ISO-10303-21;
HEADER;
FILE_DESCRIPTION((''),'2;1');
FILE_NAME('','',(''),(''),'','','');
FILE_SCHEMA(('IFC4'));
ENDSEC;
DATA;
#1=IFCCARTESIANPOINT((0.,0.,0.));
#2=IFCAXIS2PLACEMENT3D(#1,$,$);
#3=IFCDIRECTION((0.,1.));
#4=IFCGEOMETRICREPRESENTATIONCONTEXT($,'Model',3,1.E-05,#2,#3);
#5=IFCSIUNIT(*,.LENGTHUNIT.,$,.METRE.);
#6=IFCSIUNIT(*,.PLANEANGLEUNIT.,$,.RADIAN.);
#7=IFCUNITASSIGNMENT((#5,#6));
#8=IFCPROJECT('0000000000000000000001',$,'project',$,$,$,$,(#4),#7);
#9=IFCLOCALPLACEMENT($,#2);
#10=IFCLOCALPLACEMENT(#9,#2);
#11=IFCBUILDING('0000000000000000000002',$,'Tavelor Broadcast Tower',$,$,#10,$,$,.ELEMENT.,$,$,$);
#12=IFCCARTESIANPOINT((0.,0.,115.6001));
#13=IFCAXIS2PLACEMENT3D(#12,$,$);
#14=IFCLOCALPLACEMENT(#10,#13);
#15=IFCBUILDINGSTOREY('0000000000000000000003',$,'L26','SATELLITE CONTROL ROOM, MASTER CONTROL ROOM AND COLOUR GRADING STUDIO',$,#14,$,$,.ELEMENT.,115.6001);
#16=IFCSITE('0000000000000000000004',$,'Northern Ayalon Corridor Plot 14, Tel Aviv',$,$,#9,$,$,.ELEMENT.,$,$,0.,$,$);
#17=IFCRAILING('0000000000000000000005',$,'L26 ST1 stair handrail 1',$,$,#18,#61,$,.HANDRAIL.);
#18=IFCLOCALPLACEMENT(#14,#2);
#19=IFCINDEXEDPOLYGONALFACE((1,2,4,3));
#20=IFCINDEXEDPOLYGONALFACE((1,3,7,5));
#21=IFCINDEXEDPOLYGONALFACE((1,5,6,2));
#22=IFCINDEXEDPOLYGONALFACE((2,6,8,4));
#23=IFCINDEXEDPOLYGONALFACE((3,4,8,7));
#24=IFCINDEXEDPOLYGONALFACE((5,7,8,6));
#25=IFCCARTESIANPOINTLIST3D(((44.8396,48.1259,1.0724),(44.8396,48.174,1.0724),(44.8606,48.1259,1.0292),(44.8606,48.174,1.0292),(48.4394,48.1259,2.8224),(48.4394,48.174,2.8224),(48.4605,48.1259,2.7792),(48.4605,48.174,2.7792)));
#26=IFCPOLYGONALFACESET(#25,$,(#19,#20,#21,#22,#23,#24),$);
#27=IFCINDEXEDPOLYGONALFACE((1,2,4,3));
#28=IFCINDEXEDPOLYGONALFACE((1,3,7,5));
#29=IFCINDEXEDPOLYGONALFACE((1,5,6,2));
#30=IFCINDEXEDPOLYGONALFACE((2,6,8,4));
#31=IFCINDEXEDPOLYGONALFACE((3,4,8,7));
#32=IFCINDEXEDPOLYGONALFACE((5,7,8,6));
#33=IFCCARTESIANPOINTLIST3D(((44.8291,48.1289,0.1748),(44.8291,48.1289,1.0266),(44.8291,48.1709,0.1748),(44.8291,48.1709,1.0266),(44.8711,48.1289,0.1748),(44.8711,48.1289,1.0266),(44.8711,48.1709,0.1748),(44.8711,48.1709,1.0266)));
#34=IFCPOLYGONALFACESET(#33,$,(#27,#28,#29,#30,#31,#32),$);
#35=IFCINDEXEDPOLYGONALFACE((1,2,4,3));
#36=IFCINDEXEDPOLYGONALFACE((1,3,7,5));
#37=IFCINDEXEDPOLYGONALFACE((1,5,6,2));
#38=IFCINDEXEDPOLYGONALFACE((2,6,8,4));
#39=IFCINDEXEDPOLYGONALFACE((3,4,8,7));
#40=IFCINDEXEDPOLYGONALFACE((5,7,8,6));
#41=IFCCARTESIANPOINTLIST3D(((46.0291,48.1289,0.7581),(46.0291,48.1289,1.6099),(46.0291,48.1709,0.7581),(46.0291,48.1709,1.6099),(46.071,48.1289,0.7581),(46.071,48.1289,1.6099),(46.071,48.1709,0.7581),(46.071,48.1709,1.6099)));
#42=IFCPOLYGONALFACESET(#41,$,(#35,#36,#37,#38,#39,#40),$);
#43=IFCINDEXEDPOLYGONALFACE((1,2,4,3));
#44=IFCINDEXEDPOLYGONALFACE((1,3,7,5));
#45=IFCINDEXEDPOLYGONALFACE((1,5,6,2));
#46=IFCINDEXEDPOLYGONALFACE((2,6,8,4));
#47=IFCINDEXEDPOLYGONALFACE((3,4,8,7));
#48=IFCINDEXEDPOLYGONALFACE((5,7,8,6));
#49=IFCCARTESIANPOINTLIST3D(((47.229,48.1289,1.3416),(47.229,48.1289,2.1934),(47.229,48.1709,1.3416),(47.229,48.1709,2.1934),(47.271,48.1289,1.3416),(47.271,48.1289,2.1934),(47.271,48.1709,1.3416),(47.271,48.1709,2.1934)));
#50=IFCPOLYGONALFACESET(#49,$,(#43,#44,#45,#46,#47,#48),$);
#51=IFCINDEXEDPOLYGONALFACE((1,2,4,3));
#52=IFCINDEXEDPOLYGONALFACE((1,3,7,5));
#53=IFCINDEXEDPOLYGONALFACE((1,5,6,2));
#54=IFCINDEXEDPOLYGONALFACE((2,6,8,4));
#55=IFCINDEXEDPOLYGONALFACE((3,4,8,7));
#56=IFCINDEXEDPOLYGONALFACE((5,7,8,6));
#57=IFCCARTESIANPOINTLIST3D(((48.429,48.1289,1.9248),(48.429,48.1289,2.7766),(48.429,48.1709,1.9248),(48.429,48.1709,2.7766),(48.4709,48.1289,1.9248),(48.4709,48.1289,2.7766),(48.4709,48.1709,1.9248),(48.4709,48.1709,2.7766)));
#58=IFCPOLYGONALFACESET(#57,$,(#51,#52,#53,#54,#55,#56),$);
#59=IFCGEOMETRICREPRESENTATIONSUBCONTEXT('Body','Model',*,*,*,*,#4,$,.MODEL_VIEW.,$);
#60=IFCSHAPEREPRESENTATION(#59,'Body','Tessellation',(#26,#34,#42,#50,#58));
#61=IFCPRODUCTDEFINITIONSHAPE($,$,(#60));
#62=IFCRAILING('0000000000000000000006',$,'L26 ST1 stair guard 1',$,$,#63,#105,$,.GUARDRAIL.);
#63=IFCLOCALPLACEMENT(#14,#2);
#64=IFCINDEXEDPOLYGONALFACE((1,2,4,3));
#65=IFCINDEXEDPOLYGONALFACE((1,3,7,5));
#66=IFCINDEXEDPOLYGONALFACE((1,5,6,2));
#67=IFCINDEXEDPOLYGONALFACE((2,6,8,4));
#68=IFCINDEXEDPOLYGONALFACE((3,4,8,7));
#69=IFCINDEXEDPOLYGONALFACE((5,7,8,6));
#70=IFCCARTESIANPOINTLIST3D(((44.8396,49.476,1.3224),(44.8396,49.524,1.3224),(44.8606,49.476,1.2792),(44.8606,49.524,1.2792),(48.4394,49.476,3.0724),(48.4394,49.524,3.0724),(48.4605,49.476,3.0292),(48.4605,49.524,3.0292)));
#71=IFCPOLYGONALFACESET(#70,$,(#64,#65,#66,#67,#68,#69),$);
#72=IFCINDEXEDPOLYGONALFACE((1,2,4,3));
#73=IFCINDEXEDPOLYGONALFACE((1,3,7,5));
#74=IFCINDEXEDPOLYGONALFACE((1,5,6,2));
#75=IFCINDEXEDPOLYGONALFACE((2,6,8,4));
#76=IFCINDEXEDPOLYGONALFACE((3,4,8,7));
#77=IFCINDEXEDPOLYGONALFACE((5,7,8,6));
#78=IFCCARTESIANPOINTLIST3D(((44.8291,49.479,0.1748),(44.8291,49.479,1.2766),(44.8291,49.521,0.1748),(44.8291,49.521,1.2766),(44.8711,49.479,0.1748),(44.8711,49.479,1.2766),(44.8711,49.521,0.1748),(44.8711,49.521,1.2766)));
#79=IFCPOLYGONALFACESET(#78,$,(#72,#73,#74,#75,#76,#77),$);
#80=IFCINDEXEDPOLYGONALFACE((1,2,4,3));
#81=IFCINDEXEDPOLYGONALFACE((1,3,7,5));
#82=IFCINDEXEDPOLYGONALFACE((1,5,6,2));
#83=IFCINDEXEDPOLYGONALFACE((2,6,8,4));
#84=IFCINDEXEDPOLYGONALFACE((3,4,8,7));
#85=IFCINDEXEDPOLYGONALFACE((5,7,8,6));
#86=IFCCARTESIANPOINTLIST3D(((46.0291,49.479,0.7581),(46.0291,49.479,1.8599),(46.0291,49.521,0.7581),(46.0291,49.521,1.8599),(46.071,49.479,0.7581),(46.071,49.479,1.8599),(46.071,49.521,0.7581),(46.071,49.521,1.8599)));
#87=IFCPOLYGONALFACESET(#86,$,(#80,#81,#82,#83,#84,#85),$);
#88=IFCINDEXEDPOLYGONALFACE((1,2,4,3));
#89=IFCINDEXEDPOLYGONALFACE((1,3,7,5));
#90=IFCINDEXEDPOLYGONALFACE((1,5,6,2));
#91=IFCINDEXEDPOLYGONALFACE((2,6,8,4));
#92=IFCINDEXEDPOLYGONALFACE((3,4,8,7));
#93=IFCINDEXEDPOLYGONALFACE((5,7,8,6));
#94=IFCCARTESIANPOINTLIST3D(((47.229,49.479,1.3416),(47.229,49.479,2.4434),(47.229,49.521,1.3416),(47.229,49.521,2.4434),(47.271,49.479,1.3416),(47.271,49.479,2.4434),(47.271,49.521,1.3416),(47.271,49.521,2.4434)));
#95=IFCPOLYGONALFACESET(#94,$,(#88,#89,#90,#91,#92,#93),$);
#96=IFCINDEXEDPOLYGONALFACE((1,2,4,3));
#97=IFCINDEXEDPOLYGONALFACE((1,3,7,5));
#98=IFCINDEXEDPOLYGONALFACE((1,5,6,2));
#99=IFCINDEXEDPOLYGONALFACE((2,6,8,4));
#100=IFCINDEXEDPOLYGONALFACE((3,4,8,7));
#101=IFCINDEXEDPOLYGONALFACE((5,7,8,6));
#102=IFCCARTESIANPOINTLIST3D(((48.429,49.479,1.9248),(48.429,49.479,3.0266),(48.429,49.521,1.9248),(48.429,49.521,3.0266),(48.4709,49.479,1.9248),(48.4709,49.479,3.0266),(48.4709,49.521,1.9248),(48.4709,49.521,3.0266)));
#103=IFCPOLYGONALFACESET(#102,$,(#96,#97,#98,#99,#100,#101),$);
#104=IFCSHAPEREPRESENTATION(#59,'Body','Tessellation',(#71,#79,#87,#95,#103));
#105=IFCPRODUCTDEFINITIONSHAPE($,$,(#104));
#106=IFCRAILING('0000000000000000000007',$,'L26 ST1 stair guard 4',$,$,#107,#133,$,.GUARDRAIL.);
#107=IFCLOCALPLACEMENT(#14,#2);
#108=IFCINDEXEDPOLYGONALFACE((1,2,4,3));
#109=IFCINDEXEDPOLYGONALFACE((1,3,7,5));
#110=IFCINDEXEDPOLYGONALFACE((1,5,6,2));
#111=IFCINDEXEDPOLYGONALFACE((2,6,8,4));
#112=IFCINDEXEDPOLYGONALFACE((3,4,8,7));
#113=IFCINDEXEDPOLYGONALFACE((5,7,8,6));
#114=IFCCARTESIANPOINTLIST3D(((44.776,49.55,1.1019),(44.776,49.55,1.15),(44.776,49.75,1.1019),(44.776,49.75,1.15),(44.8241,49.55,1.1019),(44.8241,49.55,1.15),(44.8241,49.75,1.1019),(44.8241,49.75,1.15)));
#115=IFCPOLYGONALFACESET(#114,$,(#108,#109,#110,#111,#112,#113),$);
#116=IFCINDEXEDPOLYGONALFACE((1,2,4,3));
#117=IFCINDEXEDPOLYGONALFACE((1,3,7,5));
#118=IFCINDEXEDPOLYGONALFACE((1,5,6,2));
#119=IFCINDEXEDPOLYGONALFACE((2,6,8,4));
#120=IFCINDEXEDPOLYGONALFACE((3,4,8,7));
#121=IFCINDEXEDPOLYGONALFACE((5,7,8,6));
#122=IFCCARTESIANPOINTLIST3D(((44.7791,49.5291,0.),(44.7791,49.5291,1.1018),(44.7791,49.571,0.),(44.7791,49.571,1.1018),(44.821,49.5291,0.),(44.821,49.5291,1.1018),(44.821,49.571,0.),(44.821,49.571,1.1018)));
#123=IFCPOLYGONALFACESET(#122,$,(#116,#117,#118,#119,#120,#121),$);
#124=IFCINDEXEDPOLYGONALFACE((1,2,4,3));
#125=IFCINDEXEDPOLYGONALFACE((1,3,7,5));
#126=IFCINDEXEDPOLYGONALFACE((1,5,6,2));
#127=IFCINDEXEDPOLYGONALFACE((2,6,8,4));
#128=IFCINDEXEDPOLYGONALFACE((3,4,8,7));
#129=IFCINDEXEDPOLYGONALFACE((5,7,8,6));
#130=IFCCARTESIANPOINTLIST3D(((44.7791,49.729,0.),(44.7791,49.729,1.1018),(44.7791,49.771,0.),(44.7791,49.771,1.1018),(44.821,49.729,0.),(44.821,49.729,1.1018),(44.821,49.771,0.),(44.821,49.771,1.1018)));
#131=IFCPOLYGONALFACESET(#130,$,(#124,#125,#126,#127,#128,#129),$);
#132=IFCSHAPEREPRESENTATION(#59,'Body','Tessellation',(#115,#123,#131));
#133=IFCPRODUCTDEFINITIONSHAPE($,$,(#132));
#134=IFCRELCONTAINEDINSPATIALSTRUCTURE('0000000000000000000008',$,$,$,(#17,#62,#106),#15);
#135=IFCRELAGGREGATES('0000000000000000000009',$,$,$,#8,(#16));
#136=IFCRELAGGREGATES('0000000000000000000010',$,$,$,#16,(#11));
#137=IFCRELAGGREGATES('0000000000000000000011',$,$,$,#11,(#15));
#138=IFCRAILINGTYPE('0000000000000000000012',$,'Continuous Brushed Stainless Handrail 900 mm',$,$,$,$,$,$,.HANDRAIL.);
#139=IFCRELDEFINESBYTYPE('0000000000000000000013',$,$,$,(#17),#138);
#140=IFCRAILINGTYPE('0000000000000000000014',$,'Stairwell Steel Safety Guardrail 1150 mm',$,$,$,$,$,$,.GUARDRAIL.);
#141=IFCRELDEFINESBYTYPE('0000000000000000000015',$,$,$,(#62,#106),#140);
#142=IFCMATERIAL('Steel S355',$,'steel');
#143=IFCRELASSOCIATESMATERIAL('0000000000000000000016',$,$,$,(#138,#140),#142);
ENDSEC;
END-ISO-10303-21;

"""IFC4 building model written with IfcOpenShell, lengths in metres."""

from ifc_helpers import new_model, si_unit, direction, frame, origin, origin_2d, place, context, subcontext, project, spatial, rectangle, extrude, material, type_object, element, save


model = new_model("IFC4")

# Units and contexts
model_context = context("Model", 3, precision=1e-05, world=origin(), true_north=direction((0.0, 1.0)))
body_context = subcontext(model_context, "Body", "Model", "MODEL_VIEW")
ifc_project = project(units=[si_unit("LENGTHUNIT", "METRE"), si_unit("PLANEANGLEUNIT", "RADIAN")], contexts=[model_context])

# Site, building, storey
site_placement = place(None, origin())
site = spatial("IfcSite", under=ifc_project, at=site_placement, Name="Northern Ayalon Corridor Plot 14, Tel Aviv", CompositionType="ELEMENT", RefElevation=0.0)
building_placement = place(site_placement, origin())
building = spatial("IfcBuilding", under=site, at=building_placement, Name="Tavelor Broadcast Tower", CompositionType="ELEMENT")
storey_placement = place(building_placement, frame((0.0, 0.0, 115.6001)))
storey = spatial("IfcBuildingStorey", under=building, at=storey_placement, Name="L26", Description="SATELLITE CONTROL ROOM, MASTER CONTROL ROOM AND COLOUR GRADING STUDIO", CompositionType="ELEMENT", Elevation=115.6001)

# Shared definitions
ifc_material_1 = material(Name="Steel S355", Category="steel")

# Railings
railing_type_1 = type_object("IfcRailingType", Name="Continuous Brushed Stainless Handrail 900 mm", PredefinedType="HANDRAIL", material=ifc_material_1)
railing_1_placement = place(storey_placement, frame((44.8501, 48.1499, 0.1748)))
element("IfcRailing", 1, at=railing_1_placement, inside=storey, type_object=railing_type_1, Name="L26 ST1 stair handrail 1", PredefinedType="HANDRAIL", context=body_context, shape_type="SweptSolid", body=[
    extrude(rectangle(XDim=0.0481, YDim=0.0481, at=origin_2d()), frame((0.0, 0.0, 0.876), z_axis=(0.899361, 0.0, 0.437207), x_axis=(0.0, 1.0, 0.0)), (0.0, 0.0, 1.0), 4.0027),
    extrude(rectangle(XDim=0.042, YDim=0.042, at=origin_2d()), origin(), (0.0, 0.0, 1.0), 0.8518),
    extrude(rectangle(XDim=0.042, YDim=0.042, at=origin_2d()), frame((1.2, 0.0, 0.5833)), (0.0, 0.0, 1.0), 0.8518),
    extrude(rectangle(XDim=0.042, YDim=0.042, at=origin_2d()), frame((2.3999, 0.0, 1.1667)), (0.0, 0.0, 1.0), 0.8518),
    extrude(rectangle(XDim=0.042, YDim=0.042, at=origin_2d()), frame((3.5999, 0.0, 1.75)), (0.0, 0.0, 1.0), 0.8518),
])
railing_type_2 = type_object("IfcRailingType", Name="Stairwell Steel Safety Guardrail 1150 mm", PredefinedType="GUARDRAIL", material=ifc_material_1)
railing_2_placement = place(storey_placement, frame((44.8501, 49.5, 0.1748)))
element("IfcRailing", 2, at=railing_2_placement, inside=storey, type_object=railing_type_2, Name="L26 ST1 stair guard 1", PredefinedType="GUARDRAIL", context=body_context, shape_type="SweptSolid", body=[
    extrude(rectangle(XDim=0.0481, YDim=0.0481, at=origin_2d()), frame((0.0, 0.0, 1.126), z_axis=(0.899361, 0.0, 0.437207), x_axis=(0.0, 1.0, 0.0)), (0.0, 0.0, 1.0), 4.0027),
    extrude(rectangle(XDim=0.042, YDim=0.042, at=origin_2d()), origin(), (0.0, 0.0, 1.0), 1.1018),
    extrude(rectangle(XDim=0.042, YDim=0.042, at=origin_2d()), frame((1.2, 0.0, 0.5833)), (0.0, 0.0, 1.0), 1.1018),
    extrude(rectangle(XDim=0.042, YDim=0.042, at=origin_2d()), frame((2.3999, 0.0, 1.1667)), (0.0, 0.0, 1.0), 1.1018),
    extrude(rectangle(XDim=0.042, YDim=0.042, at=origin_2d()), frame((3.5999, 0.0, 1.75)), (0.0, 0.0, 1.0), 1.1018),
])
railing_3_placement = place(storey_placement, frame((44.8, 49.55, 0.0)))
element("IfcRailing", 3, at=railing_3_placement, inside=storey, type_object=railing_type_2, Name="L26 ST1 stair guard 4", PredefinedType="GUARDRAIL", context=body_context, shape_type="SweptSolid", body=[
    extrude(rectangle(XDim=0.0481, YDim=0.0481, at=origin_2d()), frame((0.0, 0.0, 1.126), z_axis=(0.0, 1.0, 0.0), x_axis=(-1.0, 0.0, 0.0)), (0.0, 0.0, 1.0), 0.2),
    extrude(rectangle(XDim=0.042, YDim=0.042, at=origin_2d()), origin(), (0.0, 0.0, 1.0), 1.1018),
    extrude(rectangle(XDim=0.042, YDim=0.042, at=origin_2d()), frame((0.0, 0.2, 0.0)), (0.0, 0.0, 1.0), 1.1018),
])

save(model, "model.ifc")
